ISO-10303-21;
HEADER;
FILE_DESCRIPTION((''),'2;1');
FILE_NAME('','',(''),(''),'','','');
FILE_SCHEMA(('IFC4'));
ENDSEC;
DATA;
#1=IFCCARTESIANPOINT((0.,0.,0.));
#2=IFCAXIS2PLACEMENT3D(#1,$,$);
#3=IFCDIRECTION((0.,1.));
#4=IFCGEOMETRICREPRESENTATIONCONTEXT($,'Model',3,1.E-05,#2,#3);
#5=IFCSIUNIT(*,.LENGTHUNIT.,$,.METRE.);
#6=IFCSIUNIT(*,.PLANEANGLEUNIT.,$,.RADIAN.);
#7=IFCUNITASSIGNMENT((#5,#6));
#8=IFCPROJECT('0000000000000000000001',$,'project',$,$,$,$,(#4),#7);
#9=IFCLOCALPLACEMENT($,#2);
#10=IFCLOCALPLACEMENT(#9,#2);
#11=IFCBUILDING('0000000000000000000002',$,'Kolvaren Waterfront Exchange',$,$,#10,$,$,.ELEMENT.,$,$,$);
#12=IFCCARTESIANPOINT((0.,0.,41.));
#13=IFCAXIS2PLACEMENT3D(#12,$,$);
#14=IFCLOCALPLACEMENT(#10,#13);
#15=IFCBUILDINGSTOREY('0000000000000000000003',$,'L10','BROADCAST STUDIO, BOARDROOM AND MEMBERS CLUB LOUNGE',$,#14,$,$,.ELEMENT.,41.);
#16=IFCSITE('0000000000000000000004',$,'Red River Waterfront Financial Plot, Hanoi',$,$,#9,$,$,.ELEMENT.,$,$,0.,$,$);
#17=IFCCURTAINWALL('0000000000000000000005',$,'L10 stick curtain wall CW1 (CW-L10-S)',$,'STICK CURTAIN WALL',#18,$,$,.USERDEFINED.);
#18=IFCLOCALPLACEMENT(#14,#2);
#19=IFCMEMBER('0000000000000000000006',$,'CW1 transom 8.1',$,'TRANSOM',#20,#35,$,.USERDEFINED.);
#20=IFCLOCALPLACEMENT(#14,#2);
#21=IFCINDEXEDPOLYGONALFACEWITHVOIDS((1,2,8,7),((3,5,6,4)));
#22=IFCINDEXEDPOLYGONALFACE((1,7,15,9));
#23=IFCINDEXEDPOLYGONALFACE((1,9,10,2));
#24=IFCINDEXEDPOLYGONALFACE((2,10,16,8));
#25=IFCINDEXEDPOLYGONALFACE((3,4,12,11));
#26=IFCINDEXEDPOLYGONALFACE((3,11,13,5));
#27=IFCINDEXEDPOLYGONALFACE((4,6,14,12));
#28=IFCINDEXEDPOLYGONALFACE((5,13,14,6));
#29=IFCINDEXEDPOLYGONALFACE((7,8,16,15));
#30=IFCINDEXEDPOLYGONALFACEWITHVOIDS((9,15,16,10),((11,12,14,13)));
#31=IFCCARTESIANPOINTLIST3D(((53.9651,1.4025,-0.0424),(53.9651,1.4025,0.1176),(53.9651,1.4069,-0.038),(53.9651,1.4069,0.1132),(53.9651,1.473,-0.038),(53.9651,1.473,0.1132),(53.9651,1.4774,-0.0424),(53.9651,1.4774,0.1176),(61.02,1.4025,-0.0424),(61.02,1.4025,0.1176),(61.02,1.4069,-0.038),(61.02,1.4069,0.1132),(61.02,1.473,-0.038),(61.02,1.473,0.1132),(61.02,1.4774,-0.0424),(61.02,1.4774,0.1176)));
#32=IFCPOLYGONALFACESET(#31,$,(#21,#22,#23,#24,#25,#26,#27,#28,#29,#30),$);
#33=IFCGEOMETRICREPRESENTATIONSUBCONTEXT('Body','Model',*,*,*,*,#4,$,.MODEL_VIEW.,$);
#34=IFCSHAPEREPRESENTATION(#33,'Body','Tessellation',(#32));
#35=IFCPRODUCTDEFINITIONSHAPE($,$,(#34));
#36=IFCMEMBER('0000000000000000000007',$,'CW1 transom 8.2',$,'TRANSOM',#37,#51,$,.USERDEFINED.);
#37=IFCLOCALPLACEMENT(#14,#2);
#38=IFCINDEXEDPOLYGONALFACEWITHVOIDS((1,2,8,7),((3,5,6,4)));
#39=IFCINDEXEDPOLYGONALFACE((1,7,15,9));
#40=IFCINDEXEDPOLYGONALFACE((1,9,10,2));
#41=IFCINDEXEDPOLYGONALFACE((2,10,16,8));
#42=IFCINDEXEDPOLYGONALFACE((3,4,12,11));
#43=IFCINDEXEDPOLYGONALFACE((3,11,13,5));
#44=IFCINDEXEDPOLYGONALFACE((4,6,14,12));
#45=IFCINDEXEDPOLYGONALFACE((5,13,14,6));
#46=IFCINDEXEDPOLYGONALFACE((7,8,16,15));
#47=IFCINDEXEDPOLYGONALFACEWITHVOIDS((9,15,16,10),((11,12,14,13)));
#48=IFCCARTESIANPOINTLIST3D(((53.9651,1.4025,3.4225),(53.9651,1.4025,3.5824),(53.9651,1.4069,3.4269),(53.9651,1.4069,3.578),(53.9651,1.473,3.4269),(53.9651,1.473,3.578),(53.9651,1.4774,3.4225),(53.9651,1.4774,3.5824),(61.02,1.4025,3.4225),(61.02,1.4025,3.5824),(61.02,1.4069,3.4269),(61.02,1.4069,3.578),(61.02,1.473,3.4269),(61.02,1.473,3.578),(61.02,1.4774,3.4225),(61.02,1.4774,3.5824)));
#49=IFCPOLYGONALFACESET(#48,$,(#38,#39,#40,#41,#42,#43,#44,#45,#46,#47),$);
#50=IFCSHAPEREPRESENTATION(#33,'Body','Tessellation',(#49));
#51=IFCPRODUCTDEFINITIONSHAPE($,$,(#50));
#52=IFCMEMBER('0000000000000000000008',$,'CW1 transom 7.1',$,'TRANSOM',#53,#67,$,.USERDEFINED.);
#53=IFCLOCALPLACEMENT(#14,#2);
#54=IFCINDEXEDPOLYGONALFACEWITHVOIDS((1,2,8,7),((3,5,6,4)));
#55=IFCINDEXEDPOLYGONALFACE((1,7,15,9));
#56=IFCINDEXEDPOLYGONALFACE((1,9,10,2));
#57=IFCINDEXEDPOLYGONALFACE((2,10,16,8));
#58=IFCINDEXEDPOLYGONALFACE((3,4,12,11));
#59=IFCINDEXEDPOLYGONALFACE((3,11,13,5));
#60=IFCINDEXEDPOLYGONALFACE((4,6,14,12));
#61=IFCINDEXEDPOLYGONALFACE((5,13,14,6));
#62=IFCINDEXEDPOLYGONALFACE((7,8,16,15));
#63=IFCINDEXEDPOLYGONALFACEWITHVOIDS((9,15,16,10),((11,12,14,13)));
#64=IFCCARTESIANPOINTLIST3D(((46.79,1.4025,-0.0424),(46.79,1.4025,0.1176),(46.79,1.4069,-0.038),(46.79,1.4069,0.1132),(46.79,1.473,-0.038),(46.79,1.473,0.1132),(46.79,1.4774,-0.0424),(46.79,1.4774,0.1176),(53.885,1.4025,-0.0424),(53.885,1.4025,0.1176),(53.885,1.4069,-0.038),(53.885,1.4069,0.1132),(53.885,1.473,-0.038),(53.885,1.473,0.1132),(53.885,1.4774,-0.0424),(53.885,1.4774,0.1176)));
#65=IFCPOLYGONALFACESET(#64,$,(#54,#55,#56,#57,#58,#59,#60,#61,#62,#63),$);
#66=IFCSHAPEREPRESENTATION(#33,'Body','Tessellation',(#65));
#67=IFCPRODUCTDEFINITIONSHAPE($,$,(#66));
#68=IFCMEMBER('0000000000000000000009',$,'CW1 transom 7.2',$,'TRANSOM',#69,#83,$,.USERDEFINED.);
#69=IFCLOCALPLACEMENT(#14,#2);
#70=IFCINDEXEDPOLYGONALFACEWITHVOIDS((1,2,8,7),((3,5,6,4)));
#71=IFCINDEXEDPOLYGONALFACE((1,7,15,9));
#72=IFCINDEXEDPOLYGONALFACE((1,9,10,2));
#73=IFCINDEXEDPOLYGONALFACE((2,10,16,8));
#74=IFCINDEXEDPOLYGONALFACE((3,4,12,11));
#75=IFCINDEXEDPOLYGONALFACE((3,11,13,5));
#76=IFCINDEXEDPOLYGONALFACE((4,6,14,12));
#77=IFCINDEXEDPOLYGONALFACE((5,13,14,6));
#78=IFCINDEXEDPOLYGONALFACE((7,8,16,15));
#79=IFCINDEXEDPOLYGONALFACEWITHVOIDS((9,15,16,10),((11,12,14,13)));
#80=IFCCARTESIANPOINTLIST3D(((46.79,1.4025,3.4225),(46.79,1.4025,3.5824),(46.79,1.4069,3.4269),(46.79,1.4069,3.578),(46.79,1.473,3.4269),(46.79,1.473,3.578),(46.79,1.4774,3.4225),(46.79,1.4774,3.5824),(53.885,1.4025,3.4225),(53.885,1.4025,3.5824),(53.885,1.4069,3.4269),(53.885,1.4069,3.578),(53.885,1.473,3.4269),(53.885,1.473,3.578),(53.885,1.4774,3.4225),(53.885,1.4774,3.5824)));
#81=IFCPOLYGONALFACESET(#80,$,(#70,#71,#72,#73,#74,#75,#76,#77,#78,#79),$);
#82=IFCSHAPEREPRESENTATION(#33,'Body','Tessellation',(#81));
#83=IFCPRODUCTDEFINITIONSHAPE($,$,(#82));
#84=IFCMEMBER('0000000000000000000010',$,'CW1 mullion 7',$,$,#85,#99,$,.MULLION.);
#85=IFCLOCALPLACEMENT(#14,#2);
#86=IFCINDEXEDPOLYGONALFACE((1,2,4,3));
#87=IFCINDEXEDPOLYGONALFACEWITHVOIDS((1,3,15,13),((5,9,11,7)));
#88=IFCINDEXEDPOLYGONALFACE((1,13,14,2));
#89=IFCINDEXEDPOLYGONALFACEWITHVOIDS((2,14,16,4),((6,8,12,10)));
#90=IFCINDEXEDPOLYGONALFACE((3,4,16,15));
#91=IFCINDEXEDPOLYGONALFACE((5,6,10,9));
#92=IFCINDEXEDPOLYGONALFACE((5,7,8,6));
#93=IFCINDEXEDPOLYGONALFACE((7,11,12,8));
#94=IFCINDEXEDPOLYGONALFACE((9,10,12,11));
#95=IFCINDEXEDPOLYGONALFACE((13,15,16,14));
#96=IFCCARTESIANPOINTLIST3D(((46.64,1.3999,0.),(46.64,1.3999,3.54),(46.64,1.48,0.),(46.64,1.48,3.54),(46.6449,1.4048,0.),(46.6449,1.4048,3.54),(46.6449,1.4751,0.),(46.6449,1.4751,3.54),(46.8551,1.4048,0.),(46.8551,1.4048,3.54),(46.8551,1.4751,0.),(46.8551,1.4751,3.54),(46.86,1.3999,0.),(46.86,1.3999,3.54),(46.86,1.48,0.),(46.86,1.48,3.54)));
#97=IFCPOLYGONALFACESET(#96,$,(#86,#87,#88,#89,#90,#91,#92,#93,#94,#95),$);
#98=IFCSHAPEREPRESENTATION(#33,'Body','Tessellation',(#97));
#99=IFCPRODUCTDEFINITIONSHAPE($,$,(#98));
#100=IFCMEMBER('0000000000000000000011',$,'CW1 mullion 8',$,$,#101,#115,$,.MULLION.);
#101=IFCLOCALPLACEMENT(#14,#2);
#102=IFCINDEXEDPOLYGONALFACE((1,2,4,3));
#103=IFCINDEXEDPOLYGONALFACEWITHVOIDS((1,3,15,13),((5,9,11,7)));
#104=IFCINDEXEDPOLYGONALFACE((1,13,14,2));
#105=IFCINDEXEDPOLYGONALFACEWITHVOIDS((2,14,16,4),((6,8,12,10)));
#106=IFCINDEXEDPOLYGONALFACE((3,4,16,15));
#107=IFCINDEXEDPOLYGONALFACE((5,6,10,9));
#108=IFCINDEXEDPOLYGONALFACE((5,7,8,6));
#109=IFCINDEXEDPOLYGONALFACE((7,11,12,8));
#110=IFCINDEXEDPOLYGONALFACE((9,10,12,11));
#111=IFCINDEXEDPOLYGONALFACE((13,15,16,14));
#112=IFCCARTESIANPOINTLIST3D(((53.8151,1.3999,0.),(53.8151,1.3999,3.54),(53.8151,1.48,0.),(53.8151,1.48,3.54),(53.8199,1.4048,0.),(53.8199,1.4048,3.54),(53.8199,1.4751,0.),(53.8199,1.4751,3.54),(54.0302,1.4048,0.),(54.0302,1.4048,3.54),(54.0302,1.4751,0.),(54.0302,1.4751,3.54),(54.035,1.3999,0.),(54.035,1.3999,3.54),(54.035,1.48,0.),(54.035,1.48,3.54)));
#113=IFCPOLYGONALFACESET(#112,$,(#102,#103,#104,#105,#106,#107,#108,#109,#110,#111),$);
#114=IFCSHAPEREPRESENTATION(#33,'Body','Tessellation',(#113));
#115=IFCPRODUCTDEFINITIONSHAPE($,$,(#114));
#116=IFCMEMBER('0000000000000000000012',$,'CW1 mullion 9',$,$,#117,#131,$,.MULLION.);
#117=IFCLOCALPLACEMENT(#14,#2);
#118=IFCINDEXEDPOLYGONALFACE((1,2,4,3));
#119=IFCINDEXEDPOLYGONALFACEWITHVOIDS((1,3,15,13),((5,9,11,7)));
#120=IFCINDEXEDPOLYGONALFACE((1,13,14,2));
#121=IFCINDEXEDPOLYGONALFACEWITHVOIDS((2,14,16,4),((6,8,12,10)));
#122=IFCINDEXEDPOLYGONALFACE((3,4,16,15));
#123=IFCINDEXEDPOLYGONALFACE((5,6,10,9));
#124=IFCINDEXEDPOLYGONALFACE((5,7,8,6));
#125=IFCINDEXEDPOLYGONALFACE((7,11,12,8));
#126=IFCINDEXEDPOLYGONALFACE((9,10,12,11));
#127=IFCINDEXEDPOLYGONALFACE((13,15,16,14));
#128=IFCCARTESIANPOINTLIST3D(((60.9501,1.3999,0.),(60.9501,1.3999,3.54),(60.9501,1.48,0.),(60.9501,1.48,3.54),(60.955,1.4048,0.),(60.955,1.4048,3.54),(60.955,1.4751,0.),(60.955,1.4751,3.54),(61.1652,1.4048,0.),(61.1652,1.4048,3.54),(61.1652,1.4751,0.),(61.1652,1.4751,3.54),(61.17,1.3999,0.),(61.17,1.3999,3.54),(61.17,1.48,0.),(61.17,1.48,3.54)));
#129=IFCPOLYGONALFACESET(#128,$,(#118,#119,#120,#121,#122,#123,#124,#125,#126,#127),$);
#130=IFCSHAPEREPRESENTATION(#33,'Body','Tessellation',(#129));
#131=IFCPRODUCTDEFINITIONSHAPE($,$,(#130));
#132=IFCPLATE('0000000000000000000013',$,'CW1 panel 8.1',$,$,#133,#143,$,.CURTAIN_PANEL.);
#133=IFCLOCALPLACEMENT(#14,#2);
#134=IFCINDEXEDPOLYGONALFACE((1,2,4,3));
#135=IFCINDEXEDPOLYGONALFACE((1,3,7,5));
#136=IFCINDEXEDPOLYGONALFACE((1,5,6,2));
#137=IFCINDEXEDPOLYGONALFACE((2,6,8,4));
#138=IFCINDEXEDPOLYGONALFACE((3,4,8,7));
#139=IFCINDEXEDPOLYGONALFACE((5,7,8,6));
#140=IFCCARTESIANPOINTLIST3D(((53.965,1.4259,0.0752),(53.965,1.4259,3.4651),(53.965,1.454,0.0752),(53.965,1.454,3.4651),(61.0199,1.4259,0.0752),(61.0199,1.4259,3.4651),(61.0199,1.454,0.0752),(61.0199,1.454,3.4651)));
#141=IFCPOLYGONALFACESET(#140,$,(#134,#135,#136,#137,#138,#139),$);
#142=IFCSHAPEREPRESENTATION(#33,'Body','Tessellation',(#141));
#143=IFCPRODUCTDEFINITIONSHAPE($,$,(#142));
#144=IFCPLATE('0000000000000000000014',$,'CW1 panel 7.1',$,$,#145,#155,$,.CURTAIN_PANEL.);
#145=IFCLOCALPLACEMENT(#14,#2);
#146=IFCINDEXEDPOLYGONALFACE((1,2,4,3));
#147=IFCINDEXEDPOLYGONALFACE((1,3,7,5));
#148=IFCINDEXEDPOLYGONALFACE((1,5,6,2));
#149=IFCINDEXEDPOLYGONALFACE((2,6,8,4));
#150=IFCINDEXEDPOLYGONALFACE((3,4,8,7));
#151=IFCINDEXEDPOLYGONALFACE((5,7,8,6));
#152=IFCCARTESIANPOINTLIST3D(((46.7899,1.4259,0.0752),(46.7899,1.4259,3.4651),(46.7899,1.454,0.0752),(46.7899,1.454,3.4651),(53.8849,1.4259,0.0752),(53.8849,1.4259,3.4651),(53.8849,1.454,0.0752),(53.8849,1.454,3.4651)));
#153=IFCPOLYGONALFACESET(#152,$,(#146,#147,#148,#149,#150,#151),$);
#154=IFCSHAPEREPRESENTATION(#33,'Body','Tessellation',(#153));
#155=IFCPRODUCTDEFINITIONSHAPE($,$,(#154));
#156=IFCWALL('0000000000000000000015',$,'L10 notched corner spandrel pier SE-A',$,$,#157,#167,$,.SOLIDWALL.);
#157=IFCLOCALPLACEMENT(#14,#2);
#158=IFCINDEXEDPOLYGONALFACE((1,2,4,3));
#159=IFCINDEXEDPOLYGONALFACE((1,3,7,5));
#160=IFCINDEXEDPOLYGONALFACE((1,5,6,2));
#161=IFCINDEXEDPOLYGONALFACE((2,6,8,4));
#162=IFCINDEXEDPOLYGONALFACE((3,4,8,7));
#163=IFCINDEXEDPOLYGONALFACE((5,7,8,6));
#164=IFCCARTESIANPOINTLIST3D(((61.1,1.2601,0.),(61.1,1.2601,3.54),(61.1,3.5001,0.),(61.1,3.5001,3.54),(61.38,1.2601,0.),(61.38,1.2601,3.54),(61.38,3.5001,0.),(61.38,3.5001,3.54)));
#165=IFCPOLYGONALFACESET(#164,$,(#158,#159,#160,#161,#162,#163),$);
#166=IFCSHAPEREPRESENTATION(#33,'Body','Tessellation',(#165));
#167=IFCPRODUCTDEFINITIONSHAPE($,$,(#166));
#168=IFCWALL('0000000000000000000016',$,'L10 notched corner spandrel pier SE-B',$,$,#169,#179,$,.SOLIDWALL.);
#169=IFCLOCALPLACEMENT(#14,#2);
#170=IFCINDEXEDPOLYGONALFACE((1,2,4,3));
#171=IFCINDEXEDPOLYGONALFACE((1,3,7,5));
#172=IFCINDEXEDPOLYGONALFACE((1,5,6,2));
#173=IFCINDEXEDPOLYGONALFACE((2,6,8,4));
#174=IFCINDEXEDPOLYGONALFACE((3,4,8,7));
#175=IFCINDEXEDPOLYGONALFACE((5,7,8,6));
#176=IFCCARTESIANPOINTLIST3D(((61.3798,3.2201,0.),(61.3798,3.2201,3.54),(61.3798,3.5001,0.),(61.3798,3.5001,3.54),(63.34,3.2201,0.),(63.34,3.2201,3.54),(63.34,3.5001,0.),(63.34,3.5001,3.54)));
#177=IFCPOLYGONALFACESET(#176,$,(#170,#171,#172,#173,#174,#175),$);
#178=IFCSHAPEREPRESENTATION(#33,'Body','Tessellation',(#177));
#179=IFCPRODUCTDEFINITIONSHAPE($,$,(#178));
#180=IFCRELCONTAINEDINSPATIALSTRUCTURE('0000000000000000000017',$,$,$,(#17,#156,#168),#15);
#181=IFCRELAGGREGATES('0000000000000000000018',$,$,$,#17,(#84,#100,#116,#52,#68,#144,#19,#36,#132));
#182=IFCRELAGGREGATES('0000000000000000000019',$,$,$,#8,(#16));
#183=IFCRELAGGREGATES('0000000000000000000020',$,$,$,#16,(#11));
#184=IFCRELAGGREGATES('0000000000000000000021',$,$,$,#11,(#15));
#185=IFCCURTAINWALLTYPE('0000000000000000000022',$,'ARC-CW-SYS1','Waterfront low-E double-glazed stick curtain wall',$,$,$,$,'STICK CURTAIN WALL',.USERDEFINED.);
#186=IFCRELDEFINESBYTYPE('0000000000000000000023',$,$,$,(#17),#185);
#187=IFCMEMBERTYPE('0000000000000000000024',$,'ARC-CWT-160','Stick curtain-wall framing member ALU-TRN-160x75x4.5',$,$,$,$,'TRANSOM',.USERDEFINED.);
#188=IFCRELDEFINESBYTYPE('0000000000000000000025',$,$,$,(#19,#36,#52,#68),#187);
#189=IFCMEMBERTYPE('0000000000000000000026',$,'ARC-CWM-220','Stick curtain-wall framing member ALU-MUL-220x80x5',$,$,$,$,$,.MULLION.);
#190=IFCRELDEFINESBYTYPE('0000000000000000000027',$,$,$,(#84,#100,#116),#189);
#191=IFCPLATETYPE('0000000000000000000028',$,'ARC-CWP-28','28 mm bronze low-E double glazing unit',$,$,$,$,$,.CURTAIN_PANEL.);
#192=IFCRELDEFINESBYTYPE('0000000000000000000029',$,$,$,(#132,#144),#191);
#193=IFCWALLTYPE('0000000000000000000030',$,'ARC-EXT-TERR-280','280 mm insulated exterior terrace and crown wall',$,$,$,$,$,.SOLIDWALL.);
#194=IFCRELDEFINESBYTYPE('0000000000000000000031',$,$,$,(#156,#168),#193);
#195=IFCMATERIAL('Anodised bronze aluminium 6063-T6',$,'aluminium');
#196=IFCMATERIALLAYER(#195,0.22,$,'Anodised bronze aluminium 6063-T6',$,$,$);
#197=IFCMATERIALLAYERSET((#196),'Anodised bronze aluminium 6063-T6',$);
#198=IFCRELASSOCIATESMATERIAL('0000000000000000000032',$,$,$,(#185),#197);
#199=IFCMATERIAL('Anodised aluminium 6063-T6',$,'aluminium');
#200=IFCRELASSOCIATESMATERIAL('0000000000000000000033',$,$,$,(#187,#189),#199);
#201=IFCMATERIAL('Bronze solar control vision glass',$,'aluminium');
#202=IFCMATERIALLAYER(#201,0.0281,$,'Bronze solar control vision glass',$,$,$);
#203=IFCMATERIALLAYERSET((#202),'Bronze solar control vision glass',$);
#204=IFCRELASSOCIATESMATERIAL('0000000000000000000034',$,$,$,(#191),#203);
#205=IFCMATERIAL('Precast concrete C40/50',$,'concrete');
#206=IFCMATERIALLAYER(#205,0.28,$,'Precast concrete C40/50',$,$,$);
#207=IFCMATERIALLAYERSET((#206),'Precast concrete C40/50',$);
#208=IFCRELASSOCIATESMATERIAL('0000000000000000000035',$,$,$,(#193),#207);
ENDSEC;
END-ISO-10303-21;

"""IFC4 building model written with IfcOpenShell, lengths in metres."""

from ifc_helpers import new_model, si_unit, direction, frame, frame_2d, origin, origin_with_axes, origin_2d, place, context, subcontext, project, spatial, rectangle, hollow_rectangle, extrude, source, transform, mapped, material, layer, layer_set, material_profile, profile_set, type_object, element, aggregate, save


model = new_model("IFC4")

# Units and contexts
model_context = context("Model", 3, precision=1e-05, world=origin(), true_north=direction((0.0, 1.0)))
body_context = subcontext(model_context, "Body", "Model", "MODEL_VIEW")
ifc_project = project(units=[si_unit("LENGTHUNIT", "METRE"), si_unit("PLANEANGLEUNIT", "RADIAN")], contexts=[model_context])

# Site, building, storey
site_placement = place(None, origin())
site = spatial("IfcSite", under=ifc_project, at=site_placement, Name="Red River Waterfront Financial Plot, Hanoi", CompositionType="ELEMENT", RefElevation=0.0)
building_placement = place(site_placement, origin())
building = spatial("IfcBuilding", under=site, at=building_placement, Name="Kolvaren Waterfront Exchange", CompositionType="ELEMENT")
storey_placement = place(building_placement, frame((0.0, 0.0, 41.0)))
storey = spatial("IfcBuildingStorey", under=building, at=storey_placement, Name="L10", Description="BROADCAST STUDIO, BOARDROOM AND MEMBERS CLUB LOUNGE", CompositionType="ELEMENT", Elevation=41.0)

# Curtain wall, members, plates
ifc_material_1 = material(Name="Anodised bronze aluminium 6063-T6", Category="aluminium")
ifc_layer_1 = layer(ifc_material_1, 0.22, Name="Anodised bronze aluminium 6063-T6")
ifc_layer_set_1 = layer_set([ifc_layer_1], Name="Anodised bronze aluminium 6063-T6")
curtain_wall_type = type_object("IfcCurtainWallType", Name="ARC-CW-SYS1", Description="Waterfront low-E double-glazed stick curtain wall", ElementType="STICK CURTAIN WALL", PredefinedType="USERDEFINED", material=ifc_layer_set_1)
curtain_wall_placement = place(storey_placement, origin())
curtain_wall = element("IfcCurtainWall", 1, at=curtain_wall_placement, inside=storey, type_object=curtain_wall_type, Name="L10 stick curtain wall CW1 (CW-L10-S)", ObjectType="STICK CURTAIN WALL", PredefinedType="USERDEFINED")
ifc_material_2 = material(Name="Anodised aluminium 6063-T6", Category="aluminium")
ifc_material_profile_1 = material_profile(ifc_material_2, hollow_rectangle(XDim=0.075, YDim=0.1599, WallThickness=0.0044, at=origin_2d()), Name="ALU-TRN-160x75x4.5")
ifc_profile_set_1 = profile_set([ifc_material_profile_1], Name="Anodised aluminium 6063-T6")
member_type_1 = type_object("IfcMemberType", Name="ARC-CWT-160", Description="Stick curtain-wall framing member ALU-TRN-160x75x4.5", ElementType="TRANSOM", PredefinedType="USERDEFINED", material=ifc_profile_set_1)
shared_shape_1 = source(origin_with_axes(), body_context, "Body", "SweptSolid", [
    extrude(hollow_rectangle(XDim=0.075, YDim=0.1599, WallThickness=0.0044, at=origin_2d()), origin(), (0.0, 0.0, 1.0), 7.0549),
])
member_1_placement = place(storey_placement, frame((53.9651, 1.4399, 0.0376), z_axis=(1.0, 0.0, 0.0), x_axis=(0.0, 1.0, 0.0)))
member_1 = element("IfcMember", 2, at=member_1_placement, type_object=member_type_1, Name="CW1 transom 8.1", ObjectType="TRANSOM", PredefinedType="USERDEFINED", context=body_context, shape_type="MappedRepresentation", body=[
    mapped(shared_shape_1, transform((0.0, 0.0, 0.0), x_axis=(1.0, 0.0, 0.0), y_axis=(0.0, 1.0, 0.0), z_axis=(0.0, 0.0, 1.0), scale=1.0)),
])
member_2_placement = place(storey_placement, frame((53.9651, 1.4399, 3.5024), z_axis=(1.0, 0.0, 0.0), x_axis=(0.0, 1.0, 0.0)))
member_2 = element("IfcMember", 3, at=member_2_placement, type_object=member_type_1, Name="CW1 transom 8.2", ObjectType="TRANSOM", PredefinedType="USERDEFINED", context=body_context, shape_type="MappedRepresentation", body=[
    mapped(shared_shape_1, transform((0.0, 0.0, 0.0), x_axis=(1.0, 0.0, 0.0), y_axis=(0.0, 1.0, 0.0), z_axis=(0.0, 0.0, 1.0), scale=1.0)),
])
shared_shape_2 = source(origin_with_axes(), body_context, "Body", "SweptSolid", [
    extrude(hollow_rectangle(XDim=0.075, YDim=0.1599, WallThickness=0.0044, at=origin_2d()), origin(), (0.0, 0.0, 1.0), 7.095),
])
member_3_placement = place(storey_placement, frame((46.79, 1.4399, 0.0376), z_axis=(1.0, 0.0, 0.0), x_axis=(0.0, 1.0, 0.0)))
member_3 = element("IfcMember", 4, at=member_3_placement, type_object=member_type_1, Name="CW1 transom 7.1", ObjectType="TRANSOM", PredefinedType="USERDEFINED", context=body_context, shape_type="MappedRepresentation", body=[
    mapped(shared_shape_2, transform((0.0, 0.0, 0.0), x_axis=(1.0, 0.0, 0.0), y_axis=(0.0, 1.0, 0.0), z_axis=(0.0, 0.0, 1.0), scale=1.0)),
])
member_4_placement = place(storey_placement, frame((46.79, 1.4399, 3.5024), z_axis=(1.0, 0.0, 0.0), x_axis=(0.0, 1.0, 0.0)))
member_4 = element("IfcMember", 5, at=member_4_placement, type_object=member_type_1, Name="CW1 transom 7.2", ObjectType="TRANSOM", PredefinedType="USERDEFINED", context=body_context, shape_type="MappedRepresentation", body=[
    mapped(shared_shape_2, transform((0.0, 0.0, 0.0), x_axis=(1.0, 0.0, 0.0), y_axis=(0.0, 1.0, 0.0), z_axis=(0.0, 0.0, 1.0), scale=1.0)),
])
ifc_material_profile_2 = material_profile(ifc_material_2, hollow_rectangle(XDim=0.0801, YDim=0.22, WallThickness=0.0049, at=origin_2d()), Name="ALU-MUL-220x80x5")
ifc_profile_set_2 = profile_set([ifc_material_profile_2], Name="Anodised aluminium 6063-T6")
member_type_2 = type_object("IfcMemberType", Name="ARC-CWM-220", Description="Stick curtain-wall framing member ALU-MUL-220x80x5", PredefinedType="MULLION", material=ifc_profile_set_2)
shared_shape_3 = source(origin_with_axes(), body_context, "Body", "SweptSolid", [
    extrude(hollow_rectangle(XDim=0.0801, YDim=0.22, WallThickness=0.0049, at=origin_2d()), origin(), (0.0, 0.0, 1.0), 3.54),
])
member_5_placement = place(storey_placement, frame((46.75, 1.4399, 0.0), z_axis=(0.0, 0.0, 1.0), x_axis=(0.0, 1.0, 0.0)))
member_5 = element("IfcMember", 6, at=member_5_placement, type_object=member_type_2, Name="CW1 mullion 7", PredefinedType="MULLION", context=body_context, shape_type="MappedRepresentation", body=[
    mapped(shared_shape_3, transform((0.0, 0.0, 0.0), x_axis=(1.0, 0.0, 0.0), y_axis=(0.0, 1.0, 0.0), z_axis=(0.0, 0.0, 1.0), scale=1.0)),
])
member_6_placement = place(storey_placement, frame((53.925, 1.4399, 0.0), z_axis=(0.0, 0.0, 1.0), x_axis=(0.0, 1.0, 0.0)))
member_6 = element("IfcMember", 7, at=member_6_placement, type_object=member_type_2, Name="CW1 mullion 8", PredefinedType="MULLION", context=body_context, shape_type="MappedRepresentation", body=[
    mapped(shared_shape_3, transform((0.0, 0.0, 0.0), x_axis=(1.0, 0.0, 0.0), y_axis=(0.0, 1.0, 0.0), z_axis=(0.0, 0.0, 1.0), scale=1.0)),
])
member_7_placement = place(storey_placement, frame((61.0601, 1.4399, 0.0), z_axis=(0.0, 0.0, 1.0), x_axis=(0.0, 1.0, 0.0)))
member_7 = element("IfcMember", 8, at=member_7_placement, type_object=member_type_2, Name="CW1 mullion 9", PredefinedType="MULLION", context=body_context, shape_type="MappedRepresentation", body=[
    mapped(shared_shape_3, transform((0.0, 0.0, 0.0), x_axis=(1.0, 0.0, 0.0), y_axis=(0.0, 1.0, 0.0), z_axis=(0.0, 0.0, 1.0), scale=1.0)),
])
ifc_material_3 = material(Name="Bronze solar control vision glass", Category="aluminium")
ifc_layer_2 = layer(ifc_material_3, 0.0281, Name="Bronze solar control vision glass")
ifc_layer_set_2 = layer_set([ifc_layer_2], Name="Bronze solar control vision glass")
plate_type = type_object("IfcPlateType", Name="ARC-CWP-28", Description="28 mm bronze low-E double glazing unit", PredefinedType="CURTAIN_PANEL", material=ifc_layer_set_2)
shared_shape_4 = source(origin_with_axes(), body_context, "Body", "SweptSolid", [
    extrude(rectangle(XDim=7.0549, YDim=0.0281, at=origin_2d()), origin(), (0.0, 0.0, 1.0), 3.3899),
])
plate_1_placement = place(storey_placement, frame((57.4924, 1.4399, 0.0752), z_axis=(0.0, 0.0, 1.0), x_axis=(1.0, 0.0, 0.0)))
plate_1 = element("IfcPlate", 9, at=plate_1_placement, type_object=plate_type, Name="CW1 panel 8.1", PredefinedType="CURTAIN_PANEL", context=body_context, shape_type="MappedRepresentation", body=[
    mapped(shared_shape_4, transform((0.0, 0.0, 0.0), x_axis=(1.0, 0.0, 0.0), y_axis=(0.0, 1.0, 0.0), z_axis=(0.0, 0.0, 1.0), scale=1.0)),
])
shared_shape_5 = source(origin_with_axes(), body_context, "Body", "SweptSolid", [
    extrude(rectangle(XDim=7.095, YDim=0.0281, at=origin_2d()), origin(), (0.0, 0.0, 1.0), 3.3899),
])
plate_2_placement = place(storey_placement, frame((50.3374, 1.4399, 0.0752), z_axis=(0.0, 0.0, 1.0), x_axis=(1.0, 0.0, 0.0)))
plate_2 = element("IfcPlate", 10, at=plate_2_placement, type_object=plate_type, Name="CW1 panel 7.1", PredefinedType="CURTAIN_PANEL", context=body_context, shape_type="MappedRepresentation", body=[
    mapped(shared_shape_5, transform((0.0, 0.0, 0.0), x_axis=(1.0, 0.0, 0.0), y_axis=(0.0, 1.0, 0.0), z_axis=(0.0, 0.0, 1.0), scale=1.0)),
])
aggregate(curtain_wall, [member_5, member_6, member_7, member_3, member_4, plate_2, member_1, member_2, plate_1])

# Walls
ifc_material_4 = material(Name="Precast concrete C40/50", Category="concrete")
ifc_layer_3 = layer(ifc_material_4, 0.28, Name="Precast concrete C40/50")
ifc_layer_set_3 = layer_set([ifc_layer_3], Name="Precast concrete C40/50")
wall_type = type_object("IfcWallType", Name="ARC-EXT-TERR-280", Description="280 mm insulated exterior terrace and crown wall", PredefinedType="SOLIDWALL", material=ifc_layer_set_3)
wall_1_placement = place(storey_placement, frame((61.24, 1.26, 0.0), z_axis=(0.0, 0.0, 1.0), x_axis=(0.0, 1.0, 0.0)))
element("IfcWall", 11, at=wall_1_placement, inside=storey, type_object=wall_type, Name="L10 notched corner spandrel pier SE-A", PredefinedType="SOLIDWALL", context=body_context, shape_type="SweptSolid", body=[
    extrude(rectangle(XDim=2.24, YDim=0.28, at=frame_2d((1.1201, 0.0))), origin(), (0.0, 0.0, 1.0), 3.54),
])
wall_2_placement = place(storey_placement, frame((61.3799, 3.3601, 0.0), z_axis=(0.0, 0.0, 1.0), x_axis=(1.0, 0.0, 0.0)))
element("IfcWall", 12, at=wall_2_placement, inside=storey, type_object=wall_type, Name="L10 notched corner spandrel pier SE-B", PredefinedType="SOLIDWALL", context=body_context, shape_type="SweptSolid", body=[
    extrude(rectangle(XDim=1.9602, YDim=0.28, at=frame_2d((0.98, 0.0))), origin(), (0.0, 0.0, 1.0), 3.54),
])

save(model, "model.ifc")
